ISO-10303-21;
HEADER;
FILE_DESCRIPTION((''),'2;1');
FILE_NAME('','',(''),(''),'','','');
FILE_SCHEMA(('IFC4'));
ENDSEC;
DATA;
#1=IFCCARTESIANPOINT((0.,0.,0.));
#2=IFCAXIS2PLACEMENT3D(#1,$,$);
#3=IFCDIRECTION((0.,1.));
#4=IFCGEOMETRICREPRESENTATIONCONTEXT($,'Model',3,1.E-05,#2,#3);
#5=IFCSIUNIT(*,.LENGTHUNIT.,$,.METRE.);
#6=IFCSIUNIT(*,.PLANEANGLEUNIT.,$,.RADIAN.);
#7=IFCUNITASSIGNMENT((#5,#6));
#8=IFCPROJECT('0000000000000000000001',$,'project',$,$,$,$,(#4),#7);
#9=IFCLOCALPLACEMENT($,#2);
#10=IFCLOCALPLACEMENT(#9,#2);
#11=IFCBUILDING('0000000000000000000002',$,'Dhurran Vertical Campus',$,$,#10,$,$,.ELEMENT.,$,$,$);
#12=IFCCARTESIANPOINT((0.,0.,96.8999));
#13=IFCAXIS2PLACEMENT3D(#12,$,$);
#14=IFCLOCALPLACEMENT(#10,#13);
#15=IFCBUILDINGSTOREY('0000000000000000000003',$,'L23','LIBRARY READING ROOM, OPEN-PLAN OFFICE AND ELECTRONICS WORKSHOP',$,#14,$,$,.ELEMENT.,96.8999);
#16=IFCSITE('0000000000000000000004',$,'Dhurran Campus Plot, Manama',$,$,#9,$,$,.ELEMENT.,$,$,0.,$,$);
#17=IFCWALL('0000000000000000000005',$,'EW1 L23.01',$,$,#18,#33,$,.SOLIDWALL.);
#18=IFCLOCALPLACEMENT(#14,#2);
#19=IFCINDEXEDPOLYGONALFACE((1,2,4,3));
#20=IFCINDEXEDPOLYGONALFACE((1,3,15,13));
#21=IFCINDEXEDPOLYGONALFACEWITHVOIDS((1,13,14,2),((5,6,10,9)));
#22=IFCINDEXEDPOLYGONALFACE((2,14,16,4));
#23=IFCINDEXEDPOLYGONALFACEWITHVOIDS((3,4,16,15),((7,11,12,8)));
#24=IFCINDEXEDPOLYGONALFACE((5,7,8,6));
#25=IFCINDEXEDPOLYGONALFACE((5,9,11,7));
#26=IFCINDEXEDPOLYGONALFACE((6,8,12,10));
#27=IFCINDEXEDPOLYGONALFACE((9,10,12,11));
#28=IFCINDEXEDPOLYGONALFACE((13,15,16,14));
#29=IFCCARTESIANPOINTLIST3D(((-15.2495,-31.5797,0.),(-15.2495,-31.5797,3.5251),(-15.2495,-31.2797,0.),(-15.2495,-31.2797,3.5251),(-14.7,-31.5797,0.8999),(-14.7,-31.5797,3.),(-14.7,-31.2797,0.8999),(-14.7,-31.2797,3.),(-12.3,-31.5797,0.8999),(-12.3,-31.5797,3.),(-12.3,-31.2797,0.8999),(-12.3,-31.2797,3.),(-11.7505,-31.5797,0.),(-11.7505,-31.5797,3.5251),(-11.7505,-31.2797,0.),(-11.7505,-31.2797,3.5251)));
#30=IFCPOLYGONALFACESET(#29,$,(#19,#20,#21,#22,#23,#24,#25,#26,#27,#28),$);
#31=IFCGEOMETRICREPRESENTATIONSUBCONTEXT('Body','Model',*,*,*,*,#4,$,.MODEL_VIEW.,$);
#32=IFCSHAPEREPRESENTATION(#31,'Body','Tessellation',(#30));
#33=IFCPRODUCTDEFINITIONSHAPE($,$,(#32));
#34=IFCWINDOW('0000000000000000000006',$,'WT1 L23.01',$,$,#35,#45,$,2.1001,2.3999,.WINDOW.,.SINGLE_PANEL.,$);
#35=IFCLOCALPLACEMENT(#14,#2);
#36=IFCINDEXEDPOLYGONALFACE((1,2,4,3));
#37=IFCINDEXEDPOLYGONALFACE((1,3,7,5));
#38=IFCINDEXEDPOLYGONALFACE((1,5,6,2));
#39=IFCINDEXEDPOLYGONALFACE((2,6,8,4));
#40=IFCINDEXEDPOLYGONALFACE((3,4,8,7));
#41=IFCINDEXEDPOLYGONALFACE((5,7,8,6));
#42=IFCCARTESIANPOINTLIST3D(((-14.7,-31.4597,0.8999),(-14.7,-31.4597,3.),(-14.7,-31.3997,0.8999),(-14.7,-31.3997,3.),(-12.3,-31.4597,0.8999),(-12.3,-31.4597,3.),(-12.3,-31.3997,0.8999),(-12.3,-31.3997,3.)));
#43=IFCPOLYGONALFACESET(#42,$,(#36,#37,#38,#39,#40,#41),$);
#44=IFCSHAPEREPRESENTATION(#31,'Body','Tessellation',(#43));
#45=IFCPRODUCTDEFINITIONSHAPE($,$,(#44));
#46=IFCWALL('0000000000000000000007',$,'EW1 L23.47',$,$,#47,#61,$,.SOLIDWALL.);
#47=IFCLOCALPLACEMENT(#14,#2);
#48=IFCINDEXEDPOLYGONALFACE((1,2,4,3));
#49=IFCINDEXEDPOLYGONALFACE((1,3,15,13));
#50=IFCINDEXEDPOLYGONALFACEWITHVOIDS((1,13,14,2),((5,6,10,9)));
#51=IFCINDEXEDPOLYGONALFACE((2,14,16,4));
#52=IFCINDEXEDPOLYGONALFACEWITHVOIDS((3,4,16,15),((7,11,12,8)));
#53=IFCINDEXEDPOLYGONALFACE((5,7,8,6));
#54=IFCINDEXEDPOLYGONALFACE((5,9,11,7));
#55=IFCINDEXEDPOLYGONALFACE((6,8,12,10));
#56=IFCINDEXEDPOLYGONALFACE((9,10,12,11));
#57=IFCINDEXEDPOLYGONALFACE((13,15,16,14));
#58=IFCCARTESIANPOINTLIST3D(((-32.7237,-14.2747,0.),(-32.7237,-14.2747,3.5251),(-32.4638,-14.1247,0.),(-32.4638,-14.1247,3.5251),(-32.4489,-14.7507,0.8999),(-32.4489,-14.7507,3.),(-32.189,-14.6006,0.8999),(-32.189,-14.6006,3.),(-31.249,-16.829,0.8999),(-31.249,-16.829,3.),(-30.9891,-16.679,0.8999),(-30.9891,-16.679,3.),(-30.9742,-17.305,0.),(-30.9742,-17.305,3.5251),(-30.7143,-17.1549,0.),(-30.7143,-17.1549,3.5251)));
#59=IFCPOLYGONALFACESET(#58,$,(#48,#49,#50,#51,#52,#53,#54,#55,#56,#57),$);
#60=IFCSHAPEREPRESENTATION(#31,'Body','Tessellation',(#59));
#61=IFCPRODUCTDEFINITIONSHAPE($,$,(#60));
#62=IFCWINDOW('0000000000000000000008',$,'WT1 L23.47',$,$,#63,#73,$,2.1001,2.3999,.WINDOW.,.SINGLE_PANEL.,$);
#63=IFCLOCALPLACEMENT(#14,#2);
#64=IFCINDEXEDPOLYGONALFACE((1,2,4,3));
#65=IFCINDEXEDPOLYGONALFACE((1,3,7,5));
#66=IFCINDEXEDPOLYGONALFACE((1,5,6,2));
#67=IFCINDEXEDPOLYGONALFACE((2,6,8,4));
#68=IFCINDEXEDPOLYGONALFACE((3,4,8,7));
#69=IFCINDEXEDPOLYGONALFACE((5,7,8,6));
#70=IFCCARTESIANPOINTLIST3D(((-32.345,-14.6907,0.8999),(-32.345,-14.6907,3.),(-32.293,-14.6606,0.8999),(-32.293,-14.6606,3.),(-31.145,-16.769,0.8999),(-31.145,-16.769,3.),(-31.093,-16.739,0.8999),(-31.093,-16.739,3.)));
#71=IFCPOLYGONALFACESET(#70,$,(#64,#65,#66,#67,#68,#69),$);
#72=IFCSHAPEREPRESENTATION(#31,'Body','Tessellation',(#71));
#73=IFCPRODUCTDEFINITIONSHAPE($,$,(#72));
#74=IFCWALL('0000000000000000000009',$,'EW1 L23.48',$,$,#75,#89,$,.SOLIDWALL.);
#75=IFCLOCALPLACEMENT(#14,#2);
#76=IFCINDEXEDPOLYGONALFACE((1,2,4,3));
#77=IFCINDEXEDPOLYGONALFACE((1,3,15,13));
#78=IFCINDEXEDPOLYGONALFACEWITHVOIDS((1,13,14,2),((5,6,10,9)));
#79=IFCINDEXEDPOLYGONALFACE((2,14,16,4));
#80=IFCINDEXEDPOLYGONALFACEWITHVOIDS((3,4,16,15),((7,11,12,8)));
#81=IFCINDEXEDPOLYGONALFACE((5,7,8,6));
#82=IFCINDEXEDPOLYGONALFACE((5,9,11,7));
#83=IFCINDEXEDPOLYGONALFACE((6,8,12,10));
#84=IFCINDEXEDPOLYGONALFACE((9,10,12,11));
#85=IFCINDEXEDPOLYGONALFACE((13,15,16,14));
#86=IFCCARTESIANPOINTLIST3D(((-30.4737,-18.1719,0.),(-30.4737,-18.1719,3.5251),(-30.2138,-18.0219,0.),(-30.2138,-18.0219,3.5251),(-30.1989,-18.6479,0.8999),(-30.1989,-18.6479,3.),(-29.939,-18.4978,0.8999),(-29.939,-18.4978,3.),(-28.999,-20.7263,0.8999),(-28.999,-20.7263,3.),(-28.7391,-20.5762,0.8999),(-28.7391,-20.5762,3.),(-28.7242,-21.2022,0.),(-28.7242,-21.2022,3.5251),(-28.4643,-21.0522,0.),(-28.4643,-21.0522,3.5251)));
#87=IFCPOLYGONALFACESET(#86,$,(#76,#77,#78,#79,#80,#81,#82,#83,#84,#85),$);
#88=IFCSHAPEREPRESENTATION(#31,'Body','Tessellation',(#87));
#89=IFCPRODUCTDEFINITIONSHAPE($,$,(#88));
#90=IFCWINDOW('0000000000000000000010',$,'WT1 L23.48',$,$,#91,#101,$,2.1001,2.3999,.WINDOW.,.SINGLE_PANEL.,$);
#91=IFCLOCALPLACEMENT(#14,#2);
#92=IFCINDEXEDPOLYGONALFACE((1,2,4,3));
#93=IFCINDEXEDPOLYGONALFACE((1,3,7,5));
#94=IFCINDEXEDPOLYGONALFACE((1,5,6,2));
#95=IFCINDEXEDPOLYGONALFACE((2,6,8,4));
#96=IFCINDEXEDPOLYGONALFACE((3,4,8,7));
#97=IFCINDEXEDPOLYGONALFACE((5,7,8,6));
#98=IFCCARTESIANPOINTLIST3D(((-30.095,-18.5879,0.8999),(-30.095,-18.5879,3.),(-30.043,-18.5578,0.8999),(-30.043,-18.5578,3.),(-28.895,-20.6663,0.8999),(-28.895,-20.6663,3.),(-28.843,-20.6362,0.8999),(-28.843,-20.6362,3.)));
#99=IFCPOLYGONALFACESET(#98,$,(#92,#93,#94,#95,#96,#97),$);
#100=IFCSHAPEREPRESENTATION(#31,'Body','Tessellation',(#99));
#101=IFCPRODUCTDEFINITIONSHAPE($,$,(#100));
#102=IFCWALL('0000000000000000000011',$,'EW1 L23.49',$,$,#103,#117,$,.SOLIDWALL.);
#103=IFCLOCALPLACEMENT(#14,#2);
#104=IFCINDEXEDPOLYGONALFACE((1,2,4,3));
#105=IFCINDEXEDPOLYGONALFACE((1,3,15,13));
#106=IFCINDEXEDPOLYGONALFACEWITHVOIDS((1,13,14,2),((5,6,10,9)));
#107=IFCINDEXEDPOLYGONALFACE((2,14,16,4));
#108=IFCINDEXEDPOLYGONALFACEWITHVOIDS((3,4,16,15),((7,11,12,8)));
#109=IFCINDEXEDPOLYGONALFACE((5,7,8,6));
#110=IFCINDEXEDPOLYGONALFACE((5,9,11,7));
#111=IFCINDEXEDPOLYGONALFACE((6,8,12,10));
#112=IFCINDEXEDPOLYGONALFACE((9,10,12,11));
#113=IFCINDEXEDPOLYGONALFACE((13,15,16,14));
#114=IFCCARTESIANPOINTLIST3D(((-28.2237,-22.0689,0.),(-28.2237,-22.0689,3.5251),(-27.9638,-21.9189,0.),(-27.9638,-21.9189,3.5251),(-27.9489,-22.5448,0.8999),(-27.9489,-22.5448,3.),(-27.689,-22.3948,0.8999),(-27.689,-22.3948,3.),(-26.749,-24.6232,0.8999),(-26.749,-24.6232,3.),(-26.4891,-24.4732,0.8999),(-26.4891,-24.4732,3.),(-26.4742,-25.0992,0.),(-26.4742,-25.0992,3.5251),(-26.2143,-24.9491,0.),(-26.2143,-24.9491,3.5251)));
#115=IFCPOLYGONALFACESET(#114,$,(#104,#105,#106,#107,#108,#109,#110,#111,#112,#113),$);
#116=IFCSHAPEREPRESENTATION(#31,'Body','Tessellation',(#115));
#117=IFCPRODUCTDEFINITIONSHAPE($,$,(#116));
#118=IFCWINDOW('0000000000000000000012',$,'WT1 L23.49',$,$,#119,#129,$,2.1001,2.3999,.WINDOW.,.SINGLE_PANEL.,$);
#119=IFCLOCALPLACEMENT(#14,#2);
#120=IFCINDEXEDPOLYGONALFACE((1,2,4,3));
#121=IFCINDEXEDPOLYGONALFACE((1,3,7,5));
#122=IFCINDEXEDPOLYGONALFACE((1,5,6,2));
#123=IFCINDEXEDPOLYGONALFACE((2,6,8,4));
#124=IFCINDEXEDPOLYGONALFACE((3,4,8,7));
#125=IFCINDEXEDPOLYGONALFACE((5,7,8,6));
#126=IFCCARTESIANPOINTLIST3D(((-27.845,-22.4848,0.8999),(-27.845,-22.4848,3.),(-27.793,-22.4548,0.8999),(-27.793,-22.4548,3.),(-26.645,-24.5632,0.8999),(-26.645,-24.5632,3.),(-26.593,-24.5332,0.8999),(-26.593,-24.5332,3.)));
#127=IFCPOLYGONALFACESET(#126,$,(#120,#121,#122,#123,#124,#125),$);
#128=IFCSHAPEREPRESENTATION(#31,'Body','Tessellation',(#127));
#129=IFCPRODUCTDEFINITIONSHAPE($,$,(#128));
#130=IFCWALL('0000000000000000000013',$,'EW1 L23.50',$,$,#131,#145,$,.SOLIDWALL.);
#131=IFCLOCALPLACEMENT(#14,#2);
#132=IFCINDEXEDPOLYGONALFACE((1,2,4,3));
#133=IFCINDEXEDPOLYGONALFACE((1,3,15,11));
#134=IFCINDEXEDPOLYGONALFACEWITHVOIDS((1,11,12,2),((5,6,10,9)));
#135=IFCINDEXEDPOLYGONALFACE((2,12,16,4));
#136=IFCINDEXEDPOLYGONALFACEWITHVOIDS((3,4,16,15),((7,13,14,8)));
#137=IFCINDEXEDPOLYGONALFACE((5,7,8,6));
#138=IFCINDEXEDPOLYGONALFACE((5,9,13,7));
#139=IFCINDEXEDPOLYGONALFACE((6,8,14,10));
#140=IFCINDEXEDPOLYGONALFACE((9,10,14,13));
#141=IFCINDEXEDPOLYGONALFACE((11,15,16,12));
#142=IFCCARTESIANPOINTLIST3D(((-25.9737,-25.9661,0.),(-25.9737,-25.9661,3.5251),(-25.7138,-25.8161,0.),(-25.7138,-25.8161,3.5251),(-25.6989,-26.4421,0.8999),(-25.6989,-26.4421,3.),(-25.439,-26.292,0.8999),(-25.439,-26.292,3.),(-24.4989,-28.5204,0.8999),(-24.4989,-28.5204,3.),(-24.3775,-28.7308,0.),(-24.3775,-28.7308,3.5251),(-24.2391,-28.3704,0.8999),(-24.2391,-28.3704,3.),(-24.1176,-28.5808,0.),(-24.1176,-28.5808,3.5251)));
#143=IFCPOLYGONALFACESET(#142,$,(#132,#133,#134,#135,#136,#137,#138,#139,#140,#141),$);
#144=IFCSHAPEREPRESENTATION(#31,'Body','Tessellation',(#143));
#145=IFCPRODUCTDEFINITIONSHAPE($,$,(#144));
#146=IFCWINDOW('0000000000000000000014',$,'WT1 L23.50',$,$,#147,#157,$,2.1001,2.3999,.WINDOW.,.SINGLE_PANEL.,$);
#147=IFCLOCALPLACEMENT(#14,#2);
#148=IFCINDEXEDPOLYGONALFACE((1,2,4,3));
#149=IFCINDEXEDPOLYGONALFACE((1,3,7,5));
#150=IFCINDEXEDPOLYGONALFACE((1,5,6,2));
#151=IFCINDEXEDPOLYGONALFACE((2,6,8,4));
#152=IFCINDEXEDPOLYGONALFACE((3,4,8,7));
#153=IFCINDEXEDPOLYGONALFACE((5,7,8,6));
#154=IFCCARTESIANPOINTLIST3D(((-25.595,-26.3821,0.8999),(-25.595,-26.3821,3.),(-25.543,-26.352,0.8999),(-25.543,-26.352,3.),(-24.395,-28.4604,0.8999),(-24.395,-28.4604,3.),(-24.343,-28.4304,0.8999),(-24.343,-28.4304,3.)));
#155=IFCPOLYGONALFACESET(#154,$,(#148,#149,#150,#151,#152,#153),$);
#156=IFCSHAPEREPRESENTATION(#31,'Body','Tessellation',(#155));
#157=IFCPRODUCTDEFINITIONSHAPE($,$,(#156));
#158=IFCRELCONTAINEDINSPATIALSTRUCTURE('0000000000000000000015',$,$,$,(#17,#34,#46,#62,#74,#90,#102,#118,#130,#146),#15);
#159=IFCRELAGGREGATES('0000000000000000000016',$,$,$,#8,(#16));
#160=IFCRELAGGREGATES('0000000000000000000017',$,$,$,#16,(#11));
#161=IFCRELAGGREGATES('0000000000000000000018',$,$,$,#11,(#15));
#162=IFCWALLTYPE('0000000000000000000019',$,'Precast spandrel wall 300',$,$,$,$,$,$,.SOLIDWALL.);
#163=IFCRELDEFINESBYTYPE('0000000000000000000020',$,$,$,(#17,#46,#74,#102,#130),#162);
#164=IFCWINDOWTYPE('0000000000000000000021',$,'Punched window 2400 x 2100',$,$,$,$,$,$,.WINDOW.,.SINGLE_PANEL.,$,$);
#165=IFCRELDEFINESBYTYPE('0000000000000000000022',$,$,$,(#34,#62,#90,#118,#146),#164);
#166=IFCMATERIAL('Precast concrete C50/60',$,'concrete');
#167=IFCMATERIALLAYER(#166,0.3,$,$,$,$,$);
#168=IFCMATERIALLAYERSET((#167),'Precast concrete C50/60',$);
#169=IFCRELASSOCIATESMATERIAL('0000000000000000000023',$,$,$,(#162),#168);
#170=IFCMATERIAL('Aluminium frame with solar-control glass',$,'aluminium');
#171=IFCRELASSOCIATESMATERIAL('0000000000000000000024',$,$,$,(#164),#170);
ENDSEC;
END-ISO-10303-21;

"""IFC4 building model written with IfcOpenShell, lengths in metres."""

from ifc_helpers import new_model, si_unit, direction, frame, frame_2d, origin, place, context, subcontext, project, spatial, rectangle, extrude, material, layer, layer_set, type_object, element, fill, save


model = new_model("IFC4")

# Units and contexts
model_context = context("Model", 3, precision=1e-05, world=origin(), true_north=direction((0.0, 1.0)))
body_context = subcontext(model_context, "Body", "Model", "MODEL_VIEW")
ifc_project = project(units=[si_unit("LENGTHUNIT", "METRE"), si_unit("PLANEANGLEUNIT", "RADIAN")], contexts=[model_context])

# Site, building, storey
site_placement = place(None, origin())
site = spatial("IfcSite", under=ifc_project, at=site_placement, Name="Dhurran Campus Plot, Manama", CompositionType="ELEMENT", RefElevation=0.0)
building_placement = place(site_placement, origin())
building = spatial("IfcBuilding", under=site, at=building_placement, Name="Dhurran Vertical Campus", CompositionType="ELEMENT")
storey_placement = place(building_placement, frame((0.0, 0.0, 96.8999)))
storey = spatial("IfcBuildingStorey", under=building, at=storey_placement, Name="L23", Description="LIBRARY READING ROOM, OPEN-PLAN OFFICE AND ELECTRONICS WORKSHOP", CompositionType="ELEMENT", Elevation=96.8999)

# Walls, openings, windows
ifc_material_1 = material(Name="Precast concrete C50/60", Category="concrete")
ifc_layer_1 = layer(ifc_material_1, 0.3)
ifc_layer_set_1 = layer_set([ifc_layer_1], Name="Precast concrete C50/60")
wall_type_1 = type_object("IfcWallType", Name="Precast spandrel wall 300", PredefinedType="SOLIDWALL", material=ifc_layer_set_1)
ifc_material_2 = material(Name="Aluminium frame with solar-control glass", Category="aluminium")
window_type = type_object("IfcWindowType", Name="Punched window 2400 x 2100", PartitioningType="SINGLE_PANEL", PredefinedType="WINDOW", material=ifc_material_2)
wall_1_placement = place(storey_placement, frame((-15.2495, -31.4297, 0.0), z_axis=(0.0, 0.0, 1.0), x_axis=(1.0, 0.0, 0.0)))
wall_1 = element("IfcWall", 1, at=wall_1_placement, inside=storey, type_object=wall_type_1, Name="EW1 L23.01", PredefinedType="SOLIDWALL", context=body_context, shape_type="SweptSolid", body=[
    extrude(rectangle(XDim=3.499, YDim=0.3, at=frame_2d((1.7495, 0.0))), origin(), (0.0, 0.0, 1.0), 3.5251),
])
opening_1_placement = place(wall_1_placement, frame((0.5496, 0.0, 0.8999)))
opening_1 = element("IfcOpeningElement", 2, at=opening_1_placement, cuts=wall_1, PredefinedType="OPENING", context=body_context, shape_type="SweptSolid", body=[
    extrude(rectangle(XDim=2.3999, YDim=2.1001, at=frame_2d((1.2, 1.05))), frame((0.0, 0.1599, 0.0), z_axis=(0.0, -1.0, 0.0), x_axis=(1.0, 0.0, 0.0)), (0.0, 0.0, 1.0), 0.3201),
])
window_1_placement = place(opening_1_placement, origin())
window_1 = element("IfcWindow", 3, at=window_1_placement, inside=storey, type_object=window_type, Name="WT1 L23.01", OverallHeight=2.1001, OverallWidth=2.3999, PartitioningType="SINGLE_PANEL", PredefinedType="WINDOW", context=body_context, shape_type="SweptSolid", body=[
    extrude(rectangle(XDim=2.3999, YDim=2.1001, at=frame_2d((1.2, 1.05))), frame((0.0, 0.03, 0.0), z_axis=(0.0, -1.0, 0.0), x_axis=(1.0, 0.0, 0.0)), (0.0, 0.0, 1.0), 0.0601),
])
fill(opening_1, window_1)
wall_2_placement = place(storey_placement, frame((-32.5938, -14.1997, 0.0), z_axis=(0.0, 0.0, 1.0), x_axis=(0.499996, -0.866028, 0.0)))
wall_2 = element("IfcWall", 4, at=wall_2_placement, inside=storey, type_object=wall_type_1, Name="EW1 L23.47", PredefinedType="SOLIDWALL", context=body_context, shape_type="SweptSolid", body=[
    extrude(rectangle(XDim=3.499, YDim=0.3, at=frame_2d((1.7495, 0.0))), origin(), (0.0, 0.0, 1.0), 3.5251),
])
opening_2_placement = place(wall_2_placement, frame((0.5496, 0.0, 0.8999)))
opening_2 = element("IfcOpeningElement", 5, at=opening_2_placement, cuts=wall_2, PredefinedType="OPENING", context=body_context, shape_type="SweptSolid", body=[
    extrude(rectangle(XDim=2.3999, YDim=2.1001, at=frame_2d((1.2, 1.05))), frame((0.0, 0.1599, 0.0), z_axis=(0.0, -1.0, 0.0), x_axis=(1.0, 0.0, 0.0)), (0.0, 0.0, 1.0), 0.3201),
])
window_2_placement = place(opening_2_placement, origin())
window_2 = element("IfcWindow", 6, at=window_2_placement, inside=storey, type_object=window_type, Name="WT1 L23.47", OverallHeight=2.1001, OverallWidth=2.3999, PartitioningType="SINGLE_PANEL", PredefinedType="WINDOW", context=body_context, shape_type="SweptSolid", body=[
    extrude(rectangle(XDim=2.3999, YDim=2.1001, at=frame_2d((1.2, 1.05))), frame((0.0, 0.03, 0.0), z_axis=(0.0, -1.0, 0.0), x_axis=(1.0, 0.0, 0.0)), (0.0, 0.0, 1.0), 0.0601),
])
fill(opening_2, window_2)
wall_3_placement = place(storey_placement, frame((-30.3438, -18.0969, 0.0), z_axis=(0.0, 0.0, 1.0), x_axis=(0.499996, -0.866028, 0.0)))
wall_3 = element("IfcWall", 7, at=wall_3_placement, inside=storey, type_object=wall_type_1, Name="EW1 L23.48", PredefinedType="SOLIDWALL", context=body_context, shape_type="SweptSolid", body=[
    extrude(rectangle(XDim=3.499, YDim=0.3, at=frame_2d((1.7495, 0.0))), origin(), (0.0, 0.0, 1.0), 3.5251),
])
opening_3_placement = place(wall_3_placement, frame((0.5496, 0.0, 0.8999)))
opening_3 = element("IfcOpeningElement", 8, at=opening_3_placement, cuts=wall_3, PredefinedType="OPENING", context=body_context, shape_type="SweptSolid", body=[
    extrude(rectangle(XDim=2.3999, YDim=2.1001, at=frame_2d((1.2, 1.05))), frame((0.0, 0.1599, 0.0), z_axis=(0.0, -1.0, 0.0), x_axis=(1.0, 0.0, 0.0)), (0.0, 0.0, 1.0), 0.3201),
])
window_3_placement = place(opening_3_placement, origin())
window_3 = element("IfcWindow", 9, at=window_3_placement, inside=storey, type_object=window_type, Name="WT1 L23.48", OverallHeight=2.1001, OverallWidth=2.3999, PartitioningType="SINGLE_PANEL", PredefinedType="WINDOW", context=body_context, shape_type="SweptSolid", body=[
    extrude(rectangle(XDim=2.3999, YDim=2.1001, at=frame_2d((1.2, 1.05))), frame((0.0, 0.03, 0.0), z_axis=(0.0, -1.0, 0.0), x_axis=(1.0, 0.0, 0.0)), (0.0, 0.0, 1.0), 0.0601),
])
fill(opening_3, window_3)
wall_4_placement = place(storey_placement, frame((-28.0938, -21.9939, 0.0), z_axis=(0.0, 0.0, 1.0), x_axis=(0.499996, -0.866028, 0.0)))
wall_4 = element("IfcWall", 10, at=wall_4_placement, inside=storey, type_object=wall_type_1, Name="EW1 L23.49", PredefinedType="SOLIDWALL", context=body_context, shape_type="SweptSolid", body=[
    extrude(rectangle(XDim=3.499, YDim=0.3, at=frame_2d((1.7495, 0.0))), origin(), (0.0, 0.0, 1.0), 3.5251),
])
opening_4_placement = place(wall_4_placement, frame((0.5496, 0.0, 0.8999)))
opening_4 = element("IfcOpeningElement", 11, at=opening_4_placement, cuts=wall_4, PredefinedType="OPENING", context=body_context, shape_type="SweptSolid", body=[
    extrude(rectangle(XDim=2.3999, YDim=2.1001, at=frame_2d((1.2, 1.05))), frame((0.0, 0.1599, 0.0), z_axis=(0.0, -1.0, 0.0), x_axis=(1.0, 0.0, 0.0)), (0.0, 0.0, 1.0), 0.3201),
])
window_4_placement = place(opening_4_placement, origin())
window_4 = element("IfcWindow", 12, at=window_4_placement, inside=storey, type_object=window_type, Name="WT1 L23.49", OverallHeight=2.1001, OverallWidth=2.3999, PartitioningType="SINGLE_PANEL", PredefinedType="WINDOW", context=body_context, shape_type="SweptSolid", body=[
    extrude(rectangle(XDim=2.3999, YDim=2.1001, at=frame_2d((1.2, 1.05))), frame((0.0, 0.03, 0.0), z_axis=(0.0, -1.0, 0.0), x_axis=(1.0, 0.0, 0.0)), (0.0, 0.0, 1.0), 0.0601),
])
fill(opening_4, window_4)
wall_5_placement = place(storey_placement, frame((-25.8438, -25.8911, 0.0), z_axis=(0.0, 0.0, 1.0), x_axis=(0.500005, -0.866023, 0.0)))
wall_5 = element("IfcWall", 13, at=wall_5_placement, inside=storey, type_object=wall_type_1, Name="EW1 L23.50", PredefinedType="SOLIDWALL", context=body_context, shape_type="SweptSolid", body=[
    extrude(rectangle(XDim=3.1924, YDim=0.3, at=frame_2d((1.5962, 0.0))), origin(), (0.0, 0.0, 1.0), 3.5251),
])
opening_5_placement = place(wall_5_placement, frame((0.5496, 0.0, 0.8999)))
opening_5 = element("IfcOpeningElement", 14, at=opening_5_placement, cuts=wall_5, PredefinedType="OPENING", context=body_context, shape_type="SweptSolid", body=[
    extrude(rectangle(XDim=2.3999, YDim=2.1001, at=frame_2d((1.2, 1.05))), frame((0.0, 0.1599, 0.0), z_axis=(0.0, -1.0, 0.0), x_axis=(1.0, 0.0, 0.0)), (0.0, 0.0, 1.0), 0.3201),
])
window_5_placement = place(opening_5_placement, origin())
window_5 = element("IfcWindow", 15, at=window_5_placement, inside=storey, type_object=window_type, Name="WT1 L23.50", OverallHeight=2.1001, OverallWidth=2.3999, PartitioningType="SINGLE_PANEL", PredefinedType="WINDOW", context=body_context, shape_type="SweptSolid", body=[
    extrude(rectangle(XDim=2.3999, YDim=2.1001, at=frame_2d((1.2, 1.05))), frame((0.0, 0.03, 0.0), z_axis=(0.0, -1.0, 0.0), x_axis=(1.0, 0.0, 0.0)), (0.0, 0.0, 1.0), 0.0601),
])
fill(opening_5, window_5)

save(model, "model.ifc")
